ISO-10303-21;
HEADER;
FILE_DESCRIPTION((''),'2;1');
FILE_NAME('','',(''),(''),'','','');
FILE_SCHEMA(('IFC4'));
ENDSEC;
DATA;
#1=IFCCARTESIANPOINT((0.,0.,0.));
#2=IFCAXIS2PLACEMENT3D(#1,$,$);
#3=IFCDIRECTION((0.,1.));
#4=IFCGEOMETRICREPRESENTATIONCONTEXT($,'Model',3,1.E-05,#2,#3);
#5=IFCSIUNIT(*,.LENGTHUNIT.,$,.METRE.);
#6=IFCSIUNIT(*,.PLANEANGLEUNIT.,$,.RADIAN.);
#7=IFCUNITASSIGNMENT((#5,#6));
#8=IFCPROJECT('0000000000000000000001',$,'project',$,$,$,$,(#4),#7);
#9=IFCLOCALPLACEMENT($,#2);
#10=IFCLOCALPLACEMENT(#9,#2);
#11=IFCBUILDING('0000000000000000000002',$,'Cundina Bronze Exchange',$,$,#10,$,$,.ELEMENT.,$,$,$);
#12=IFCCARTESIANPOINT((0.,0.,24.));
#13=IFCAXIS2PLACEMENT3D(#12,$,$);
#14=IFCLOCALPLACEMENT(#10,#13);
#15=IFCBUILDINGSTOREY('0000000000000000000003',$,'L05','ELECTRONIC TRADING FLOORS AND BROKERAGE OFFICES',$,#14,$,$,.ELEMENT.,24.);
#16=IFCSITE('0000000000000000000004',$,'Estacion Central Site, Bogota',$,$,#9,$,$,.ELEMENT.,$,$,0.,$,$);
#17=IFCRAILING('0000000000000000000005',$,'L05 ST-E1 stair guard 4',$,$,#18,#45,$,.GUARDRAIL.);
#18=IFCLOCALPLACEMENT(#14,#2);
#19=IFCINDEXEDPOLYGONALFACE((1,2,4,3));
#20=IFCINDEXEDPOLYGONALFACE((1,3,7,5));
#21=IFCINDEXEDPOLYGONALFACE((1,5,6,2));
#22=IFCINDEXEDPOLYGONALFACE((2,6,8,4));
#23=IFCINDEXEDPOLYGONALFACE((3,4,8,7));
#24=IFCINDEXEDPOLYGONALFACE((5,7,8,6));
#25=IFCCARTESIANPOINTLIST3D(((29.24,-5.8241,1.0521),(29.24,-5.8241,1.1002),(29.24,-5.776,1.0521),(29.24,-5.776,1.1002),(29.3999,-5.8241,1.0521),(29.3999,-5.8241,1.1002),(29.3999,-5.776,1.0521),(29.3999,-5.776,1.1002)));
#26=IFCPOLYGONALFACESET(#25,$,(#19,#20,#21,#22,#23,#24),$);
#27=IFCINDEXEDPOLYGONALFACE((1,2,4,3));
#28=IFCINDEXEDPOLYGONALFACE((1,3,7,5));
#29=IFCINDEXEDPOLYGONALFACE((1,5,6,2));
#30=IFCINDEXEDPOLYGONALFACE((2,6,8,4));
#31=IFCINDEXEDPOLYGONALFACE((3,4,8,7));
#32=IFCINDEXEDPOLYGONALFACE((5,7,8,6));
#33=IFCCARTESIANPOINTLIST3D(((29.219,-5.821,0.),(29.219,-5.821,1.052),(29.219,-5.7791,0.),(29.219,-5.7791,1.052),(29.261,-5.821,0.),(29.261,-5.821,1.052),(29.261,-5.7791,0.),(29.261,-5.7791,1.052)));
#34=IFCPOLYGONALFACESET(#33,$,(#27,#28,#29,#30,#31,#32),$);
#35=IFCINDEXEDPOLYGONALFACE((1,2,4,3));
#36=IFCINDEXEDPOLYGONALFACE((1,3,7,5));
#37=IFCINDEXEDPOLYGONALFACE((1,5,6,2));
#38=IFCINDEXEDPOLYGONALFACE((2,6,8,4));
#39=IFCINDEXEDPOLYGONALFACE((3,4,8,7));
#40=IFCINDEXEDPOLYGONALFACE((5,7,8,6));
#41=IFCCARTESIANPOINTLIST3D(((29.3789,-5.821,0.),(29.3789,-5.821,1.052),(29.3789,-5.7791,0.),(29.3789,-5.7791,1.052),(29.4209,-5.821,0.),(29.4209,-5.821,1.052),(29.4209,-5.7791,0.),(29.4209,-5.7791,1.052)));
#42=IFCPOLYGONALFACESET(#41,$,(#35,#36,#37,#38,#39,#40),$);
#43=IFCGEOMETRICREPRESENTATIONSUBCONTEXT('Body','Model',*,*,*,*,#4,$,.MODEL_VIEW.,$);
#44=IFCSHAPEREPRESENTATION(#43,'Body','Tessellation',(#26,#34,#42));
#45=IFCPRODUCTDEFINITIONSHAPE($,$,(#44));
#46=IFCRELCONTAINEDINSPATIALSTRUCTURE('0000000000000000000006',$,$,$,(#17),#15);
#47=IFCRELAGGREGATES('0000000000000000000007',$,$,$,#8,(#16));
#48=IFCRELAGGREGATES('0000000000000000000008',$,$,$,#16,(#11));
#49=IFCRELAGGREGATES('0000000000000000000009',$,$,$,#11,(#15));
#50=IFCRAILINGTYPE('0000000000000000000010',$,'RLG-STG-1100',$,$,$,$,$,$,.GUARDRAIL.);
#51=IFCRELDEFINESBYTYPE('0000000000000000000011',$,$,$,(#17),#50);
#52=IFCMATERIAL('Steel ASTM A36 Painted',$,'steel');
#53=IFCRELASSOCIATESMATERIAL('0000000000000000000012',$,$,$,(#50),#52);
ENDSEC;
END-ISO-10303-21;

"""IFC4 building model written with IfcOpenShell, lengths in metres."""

from ifc_helpers import new_model, si_unit, direction, frame, origin, origin_2d, place, context, subcontext, project, spatial, rectangle, extrude, material, type_object, element, save


model = new_model("IFC4")

# Units and contexts
model_context = context("Model", 3, precision=1e-05, world=origin(), true_north=direction((0.0, 1.0)))
body_context = subcontext(model_context, "Body", "Model", "MODEL_VIEW")
ifc_project = project(units=[si_unit("LENGTHUNIT", "METRE"), si_unit("PLANEANGLEUNIT", "RADIAN")], contexts=[model_context])

# Site, building, storey
site_placement = place(None, origin())
site = spatial("IfcSite", under=ifc_project, at=site_placement, Name="Estacion Central Site, Bogota", CompositionType="ELEMENT", RefElevation=0.0)
building_placement = place(site_placement, origin())
building = spatial("IfcBuilding", under=site, at=building_placement, Name="Cundina Bronze Exchange", CompositionType="ELEMENT")
storey_placement = place(building_placement, frame((0.0, 0.0, 24.0)))
storey = spatial("IfcBuildingStorey", under=building, at=storey_placement, Name="L05", Description="ELECTRONIC TRADING FLOORS AND BROKERAGE OFFICES", CompositionType="ELEMENT", Elevation=24.0)

# Railing
ifc_material_1 = material(Name="Steel ASTM A36 Painted", Category="steel")
railing_type_1 = type_object("IfcRailingType", Name="RLG-STG-1100", PredefinedType="GUARDRAIL", material=ifc_material_1)
railing_1_placement = place(storey_placement, frame((29.24, -5.8, 0.0)))
element("IfcRailing", 1, at=railing_1_placement, inside=storey, type_object=railing_type_1, Name="L05 ST-E1 stair guard 4", PredefinedType="GUARDRAIL", context=body_context, shape_type="SweptSolid", body=[
    extrude(rectangle(XDim=0.0481, YDim=0.0481, at=origin_2d()), frame((0.0, 0.0, 1.0762), z_axis=(1.0, 0.0, 0.0), x_axis=(0.0, 1.0, 0.0)), (0.0, 0.0, 1.0), 0.1599),
    extrude(rectangle(XDim=0.042, YDim=0.042, at=origin_2d()), origin(), (0.0, 0.0, 1.0), 1.052),
    extrude(rectangle(XDim=0.042, YDim=0.042, at=origin_2d()), frame((0.1599, 0.0, 0.0)), (0.0, 0.0, 1.0), 1.052),
])

save(model, "model.ifc")
